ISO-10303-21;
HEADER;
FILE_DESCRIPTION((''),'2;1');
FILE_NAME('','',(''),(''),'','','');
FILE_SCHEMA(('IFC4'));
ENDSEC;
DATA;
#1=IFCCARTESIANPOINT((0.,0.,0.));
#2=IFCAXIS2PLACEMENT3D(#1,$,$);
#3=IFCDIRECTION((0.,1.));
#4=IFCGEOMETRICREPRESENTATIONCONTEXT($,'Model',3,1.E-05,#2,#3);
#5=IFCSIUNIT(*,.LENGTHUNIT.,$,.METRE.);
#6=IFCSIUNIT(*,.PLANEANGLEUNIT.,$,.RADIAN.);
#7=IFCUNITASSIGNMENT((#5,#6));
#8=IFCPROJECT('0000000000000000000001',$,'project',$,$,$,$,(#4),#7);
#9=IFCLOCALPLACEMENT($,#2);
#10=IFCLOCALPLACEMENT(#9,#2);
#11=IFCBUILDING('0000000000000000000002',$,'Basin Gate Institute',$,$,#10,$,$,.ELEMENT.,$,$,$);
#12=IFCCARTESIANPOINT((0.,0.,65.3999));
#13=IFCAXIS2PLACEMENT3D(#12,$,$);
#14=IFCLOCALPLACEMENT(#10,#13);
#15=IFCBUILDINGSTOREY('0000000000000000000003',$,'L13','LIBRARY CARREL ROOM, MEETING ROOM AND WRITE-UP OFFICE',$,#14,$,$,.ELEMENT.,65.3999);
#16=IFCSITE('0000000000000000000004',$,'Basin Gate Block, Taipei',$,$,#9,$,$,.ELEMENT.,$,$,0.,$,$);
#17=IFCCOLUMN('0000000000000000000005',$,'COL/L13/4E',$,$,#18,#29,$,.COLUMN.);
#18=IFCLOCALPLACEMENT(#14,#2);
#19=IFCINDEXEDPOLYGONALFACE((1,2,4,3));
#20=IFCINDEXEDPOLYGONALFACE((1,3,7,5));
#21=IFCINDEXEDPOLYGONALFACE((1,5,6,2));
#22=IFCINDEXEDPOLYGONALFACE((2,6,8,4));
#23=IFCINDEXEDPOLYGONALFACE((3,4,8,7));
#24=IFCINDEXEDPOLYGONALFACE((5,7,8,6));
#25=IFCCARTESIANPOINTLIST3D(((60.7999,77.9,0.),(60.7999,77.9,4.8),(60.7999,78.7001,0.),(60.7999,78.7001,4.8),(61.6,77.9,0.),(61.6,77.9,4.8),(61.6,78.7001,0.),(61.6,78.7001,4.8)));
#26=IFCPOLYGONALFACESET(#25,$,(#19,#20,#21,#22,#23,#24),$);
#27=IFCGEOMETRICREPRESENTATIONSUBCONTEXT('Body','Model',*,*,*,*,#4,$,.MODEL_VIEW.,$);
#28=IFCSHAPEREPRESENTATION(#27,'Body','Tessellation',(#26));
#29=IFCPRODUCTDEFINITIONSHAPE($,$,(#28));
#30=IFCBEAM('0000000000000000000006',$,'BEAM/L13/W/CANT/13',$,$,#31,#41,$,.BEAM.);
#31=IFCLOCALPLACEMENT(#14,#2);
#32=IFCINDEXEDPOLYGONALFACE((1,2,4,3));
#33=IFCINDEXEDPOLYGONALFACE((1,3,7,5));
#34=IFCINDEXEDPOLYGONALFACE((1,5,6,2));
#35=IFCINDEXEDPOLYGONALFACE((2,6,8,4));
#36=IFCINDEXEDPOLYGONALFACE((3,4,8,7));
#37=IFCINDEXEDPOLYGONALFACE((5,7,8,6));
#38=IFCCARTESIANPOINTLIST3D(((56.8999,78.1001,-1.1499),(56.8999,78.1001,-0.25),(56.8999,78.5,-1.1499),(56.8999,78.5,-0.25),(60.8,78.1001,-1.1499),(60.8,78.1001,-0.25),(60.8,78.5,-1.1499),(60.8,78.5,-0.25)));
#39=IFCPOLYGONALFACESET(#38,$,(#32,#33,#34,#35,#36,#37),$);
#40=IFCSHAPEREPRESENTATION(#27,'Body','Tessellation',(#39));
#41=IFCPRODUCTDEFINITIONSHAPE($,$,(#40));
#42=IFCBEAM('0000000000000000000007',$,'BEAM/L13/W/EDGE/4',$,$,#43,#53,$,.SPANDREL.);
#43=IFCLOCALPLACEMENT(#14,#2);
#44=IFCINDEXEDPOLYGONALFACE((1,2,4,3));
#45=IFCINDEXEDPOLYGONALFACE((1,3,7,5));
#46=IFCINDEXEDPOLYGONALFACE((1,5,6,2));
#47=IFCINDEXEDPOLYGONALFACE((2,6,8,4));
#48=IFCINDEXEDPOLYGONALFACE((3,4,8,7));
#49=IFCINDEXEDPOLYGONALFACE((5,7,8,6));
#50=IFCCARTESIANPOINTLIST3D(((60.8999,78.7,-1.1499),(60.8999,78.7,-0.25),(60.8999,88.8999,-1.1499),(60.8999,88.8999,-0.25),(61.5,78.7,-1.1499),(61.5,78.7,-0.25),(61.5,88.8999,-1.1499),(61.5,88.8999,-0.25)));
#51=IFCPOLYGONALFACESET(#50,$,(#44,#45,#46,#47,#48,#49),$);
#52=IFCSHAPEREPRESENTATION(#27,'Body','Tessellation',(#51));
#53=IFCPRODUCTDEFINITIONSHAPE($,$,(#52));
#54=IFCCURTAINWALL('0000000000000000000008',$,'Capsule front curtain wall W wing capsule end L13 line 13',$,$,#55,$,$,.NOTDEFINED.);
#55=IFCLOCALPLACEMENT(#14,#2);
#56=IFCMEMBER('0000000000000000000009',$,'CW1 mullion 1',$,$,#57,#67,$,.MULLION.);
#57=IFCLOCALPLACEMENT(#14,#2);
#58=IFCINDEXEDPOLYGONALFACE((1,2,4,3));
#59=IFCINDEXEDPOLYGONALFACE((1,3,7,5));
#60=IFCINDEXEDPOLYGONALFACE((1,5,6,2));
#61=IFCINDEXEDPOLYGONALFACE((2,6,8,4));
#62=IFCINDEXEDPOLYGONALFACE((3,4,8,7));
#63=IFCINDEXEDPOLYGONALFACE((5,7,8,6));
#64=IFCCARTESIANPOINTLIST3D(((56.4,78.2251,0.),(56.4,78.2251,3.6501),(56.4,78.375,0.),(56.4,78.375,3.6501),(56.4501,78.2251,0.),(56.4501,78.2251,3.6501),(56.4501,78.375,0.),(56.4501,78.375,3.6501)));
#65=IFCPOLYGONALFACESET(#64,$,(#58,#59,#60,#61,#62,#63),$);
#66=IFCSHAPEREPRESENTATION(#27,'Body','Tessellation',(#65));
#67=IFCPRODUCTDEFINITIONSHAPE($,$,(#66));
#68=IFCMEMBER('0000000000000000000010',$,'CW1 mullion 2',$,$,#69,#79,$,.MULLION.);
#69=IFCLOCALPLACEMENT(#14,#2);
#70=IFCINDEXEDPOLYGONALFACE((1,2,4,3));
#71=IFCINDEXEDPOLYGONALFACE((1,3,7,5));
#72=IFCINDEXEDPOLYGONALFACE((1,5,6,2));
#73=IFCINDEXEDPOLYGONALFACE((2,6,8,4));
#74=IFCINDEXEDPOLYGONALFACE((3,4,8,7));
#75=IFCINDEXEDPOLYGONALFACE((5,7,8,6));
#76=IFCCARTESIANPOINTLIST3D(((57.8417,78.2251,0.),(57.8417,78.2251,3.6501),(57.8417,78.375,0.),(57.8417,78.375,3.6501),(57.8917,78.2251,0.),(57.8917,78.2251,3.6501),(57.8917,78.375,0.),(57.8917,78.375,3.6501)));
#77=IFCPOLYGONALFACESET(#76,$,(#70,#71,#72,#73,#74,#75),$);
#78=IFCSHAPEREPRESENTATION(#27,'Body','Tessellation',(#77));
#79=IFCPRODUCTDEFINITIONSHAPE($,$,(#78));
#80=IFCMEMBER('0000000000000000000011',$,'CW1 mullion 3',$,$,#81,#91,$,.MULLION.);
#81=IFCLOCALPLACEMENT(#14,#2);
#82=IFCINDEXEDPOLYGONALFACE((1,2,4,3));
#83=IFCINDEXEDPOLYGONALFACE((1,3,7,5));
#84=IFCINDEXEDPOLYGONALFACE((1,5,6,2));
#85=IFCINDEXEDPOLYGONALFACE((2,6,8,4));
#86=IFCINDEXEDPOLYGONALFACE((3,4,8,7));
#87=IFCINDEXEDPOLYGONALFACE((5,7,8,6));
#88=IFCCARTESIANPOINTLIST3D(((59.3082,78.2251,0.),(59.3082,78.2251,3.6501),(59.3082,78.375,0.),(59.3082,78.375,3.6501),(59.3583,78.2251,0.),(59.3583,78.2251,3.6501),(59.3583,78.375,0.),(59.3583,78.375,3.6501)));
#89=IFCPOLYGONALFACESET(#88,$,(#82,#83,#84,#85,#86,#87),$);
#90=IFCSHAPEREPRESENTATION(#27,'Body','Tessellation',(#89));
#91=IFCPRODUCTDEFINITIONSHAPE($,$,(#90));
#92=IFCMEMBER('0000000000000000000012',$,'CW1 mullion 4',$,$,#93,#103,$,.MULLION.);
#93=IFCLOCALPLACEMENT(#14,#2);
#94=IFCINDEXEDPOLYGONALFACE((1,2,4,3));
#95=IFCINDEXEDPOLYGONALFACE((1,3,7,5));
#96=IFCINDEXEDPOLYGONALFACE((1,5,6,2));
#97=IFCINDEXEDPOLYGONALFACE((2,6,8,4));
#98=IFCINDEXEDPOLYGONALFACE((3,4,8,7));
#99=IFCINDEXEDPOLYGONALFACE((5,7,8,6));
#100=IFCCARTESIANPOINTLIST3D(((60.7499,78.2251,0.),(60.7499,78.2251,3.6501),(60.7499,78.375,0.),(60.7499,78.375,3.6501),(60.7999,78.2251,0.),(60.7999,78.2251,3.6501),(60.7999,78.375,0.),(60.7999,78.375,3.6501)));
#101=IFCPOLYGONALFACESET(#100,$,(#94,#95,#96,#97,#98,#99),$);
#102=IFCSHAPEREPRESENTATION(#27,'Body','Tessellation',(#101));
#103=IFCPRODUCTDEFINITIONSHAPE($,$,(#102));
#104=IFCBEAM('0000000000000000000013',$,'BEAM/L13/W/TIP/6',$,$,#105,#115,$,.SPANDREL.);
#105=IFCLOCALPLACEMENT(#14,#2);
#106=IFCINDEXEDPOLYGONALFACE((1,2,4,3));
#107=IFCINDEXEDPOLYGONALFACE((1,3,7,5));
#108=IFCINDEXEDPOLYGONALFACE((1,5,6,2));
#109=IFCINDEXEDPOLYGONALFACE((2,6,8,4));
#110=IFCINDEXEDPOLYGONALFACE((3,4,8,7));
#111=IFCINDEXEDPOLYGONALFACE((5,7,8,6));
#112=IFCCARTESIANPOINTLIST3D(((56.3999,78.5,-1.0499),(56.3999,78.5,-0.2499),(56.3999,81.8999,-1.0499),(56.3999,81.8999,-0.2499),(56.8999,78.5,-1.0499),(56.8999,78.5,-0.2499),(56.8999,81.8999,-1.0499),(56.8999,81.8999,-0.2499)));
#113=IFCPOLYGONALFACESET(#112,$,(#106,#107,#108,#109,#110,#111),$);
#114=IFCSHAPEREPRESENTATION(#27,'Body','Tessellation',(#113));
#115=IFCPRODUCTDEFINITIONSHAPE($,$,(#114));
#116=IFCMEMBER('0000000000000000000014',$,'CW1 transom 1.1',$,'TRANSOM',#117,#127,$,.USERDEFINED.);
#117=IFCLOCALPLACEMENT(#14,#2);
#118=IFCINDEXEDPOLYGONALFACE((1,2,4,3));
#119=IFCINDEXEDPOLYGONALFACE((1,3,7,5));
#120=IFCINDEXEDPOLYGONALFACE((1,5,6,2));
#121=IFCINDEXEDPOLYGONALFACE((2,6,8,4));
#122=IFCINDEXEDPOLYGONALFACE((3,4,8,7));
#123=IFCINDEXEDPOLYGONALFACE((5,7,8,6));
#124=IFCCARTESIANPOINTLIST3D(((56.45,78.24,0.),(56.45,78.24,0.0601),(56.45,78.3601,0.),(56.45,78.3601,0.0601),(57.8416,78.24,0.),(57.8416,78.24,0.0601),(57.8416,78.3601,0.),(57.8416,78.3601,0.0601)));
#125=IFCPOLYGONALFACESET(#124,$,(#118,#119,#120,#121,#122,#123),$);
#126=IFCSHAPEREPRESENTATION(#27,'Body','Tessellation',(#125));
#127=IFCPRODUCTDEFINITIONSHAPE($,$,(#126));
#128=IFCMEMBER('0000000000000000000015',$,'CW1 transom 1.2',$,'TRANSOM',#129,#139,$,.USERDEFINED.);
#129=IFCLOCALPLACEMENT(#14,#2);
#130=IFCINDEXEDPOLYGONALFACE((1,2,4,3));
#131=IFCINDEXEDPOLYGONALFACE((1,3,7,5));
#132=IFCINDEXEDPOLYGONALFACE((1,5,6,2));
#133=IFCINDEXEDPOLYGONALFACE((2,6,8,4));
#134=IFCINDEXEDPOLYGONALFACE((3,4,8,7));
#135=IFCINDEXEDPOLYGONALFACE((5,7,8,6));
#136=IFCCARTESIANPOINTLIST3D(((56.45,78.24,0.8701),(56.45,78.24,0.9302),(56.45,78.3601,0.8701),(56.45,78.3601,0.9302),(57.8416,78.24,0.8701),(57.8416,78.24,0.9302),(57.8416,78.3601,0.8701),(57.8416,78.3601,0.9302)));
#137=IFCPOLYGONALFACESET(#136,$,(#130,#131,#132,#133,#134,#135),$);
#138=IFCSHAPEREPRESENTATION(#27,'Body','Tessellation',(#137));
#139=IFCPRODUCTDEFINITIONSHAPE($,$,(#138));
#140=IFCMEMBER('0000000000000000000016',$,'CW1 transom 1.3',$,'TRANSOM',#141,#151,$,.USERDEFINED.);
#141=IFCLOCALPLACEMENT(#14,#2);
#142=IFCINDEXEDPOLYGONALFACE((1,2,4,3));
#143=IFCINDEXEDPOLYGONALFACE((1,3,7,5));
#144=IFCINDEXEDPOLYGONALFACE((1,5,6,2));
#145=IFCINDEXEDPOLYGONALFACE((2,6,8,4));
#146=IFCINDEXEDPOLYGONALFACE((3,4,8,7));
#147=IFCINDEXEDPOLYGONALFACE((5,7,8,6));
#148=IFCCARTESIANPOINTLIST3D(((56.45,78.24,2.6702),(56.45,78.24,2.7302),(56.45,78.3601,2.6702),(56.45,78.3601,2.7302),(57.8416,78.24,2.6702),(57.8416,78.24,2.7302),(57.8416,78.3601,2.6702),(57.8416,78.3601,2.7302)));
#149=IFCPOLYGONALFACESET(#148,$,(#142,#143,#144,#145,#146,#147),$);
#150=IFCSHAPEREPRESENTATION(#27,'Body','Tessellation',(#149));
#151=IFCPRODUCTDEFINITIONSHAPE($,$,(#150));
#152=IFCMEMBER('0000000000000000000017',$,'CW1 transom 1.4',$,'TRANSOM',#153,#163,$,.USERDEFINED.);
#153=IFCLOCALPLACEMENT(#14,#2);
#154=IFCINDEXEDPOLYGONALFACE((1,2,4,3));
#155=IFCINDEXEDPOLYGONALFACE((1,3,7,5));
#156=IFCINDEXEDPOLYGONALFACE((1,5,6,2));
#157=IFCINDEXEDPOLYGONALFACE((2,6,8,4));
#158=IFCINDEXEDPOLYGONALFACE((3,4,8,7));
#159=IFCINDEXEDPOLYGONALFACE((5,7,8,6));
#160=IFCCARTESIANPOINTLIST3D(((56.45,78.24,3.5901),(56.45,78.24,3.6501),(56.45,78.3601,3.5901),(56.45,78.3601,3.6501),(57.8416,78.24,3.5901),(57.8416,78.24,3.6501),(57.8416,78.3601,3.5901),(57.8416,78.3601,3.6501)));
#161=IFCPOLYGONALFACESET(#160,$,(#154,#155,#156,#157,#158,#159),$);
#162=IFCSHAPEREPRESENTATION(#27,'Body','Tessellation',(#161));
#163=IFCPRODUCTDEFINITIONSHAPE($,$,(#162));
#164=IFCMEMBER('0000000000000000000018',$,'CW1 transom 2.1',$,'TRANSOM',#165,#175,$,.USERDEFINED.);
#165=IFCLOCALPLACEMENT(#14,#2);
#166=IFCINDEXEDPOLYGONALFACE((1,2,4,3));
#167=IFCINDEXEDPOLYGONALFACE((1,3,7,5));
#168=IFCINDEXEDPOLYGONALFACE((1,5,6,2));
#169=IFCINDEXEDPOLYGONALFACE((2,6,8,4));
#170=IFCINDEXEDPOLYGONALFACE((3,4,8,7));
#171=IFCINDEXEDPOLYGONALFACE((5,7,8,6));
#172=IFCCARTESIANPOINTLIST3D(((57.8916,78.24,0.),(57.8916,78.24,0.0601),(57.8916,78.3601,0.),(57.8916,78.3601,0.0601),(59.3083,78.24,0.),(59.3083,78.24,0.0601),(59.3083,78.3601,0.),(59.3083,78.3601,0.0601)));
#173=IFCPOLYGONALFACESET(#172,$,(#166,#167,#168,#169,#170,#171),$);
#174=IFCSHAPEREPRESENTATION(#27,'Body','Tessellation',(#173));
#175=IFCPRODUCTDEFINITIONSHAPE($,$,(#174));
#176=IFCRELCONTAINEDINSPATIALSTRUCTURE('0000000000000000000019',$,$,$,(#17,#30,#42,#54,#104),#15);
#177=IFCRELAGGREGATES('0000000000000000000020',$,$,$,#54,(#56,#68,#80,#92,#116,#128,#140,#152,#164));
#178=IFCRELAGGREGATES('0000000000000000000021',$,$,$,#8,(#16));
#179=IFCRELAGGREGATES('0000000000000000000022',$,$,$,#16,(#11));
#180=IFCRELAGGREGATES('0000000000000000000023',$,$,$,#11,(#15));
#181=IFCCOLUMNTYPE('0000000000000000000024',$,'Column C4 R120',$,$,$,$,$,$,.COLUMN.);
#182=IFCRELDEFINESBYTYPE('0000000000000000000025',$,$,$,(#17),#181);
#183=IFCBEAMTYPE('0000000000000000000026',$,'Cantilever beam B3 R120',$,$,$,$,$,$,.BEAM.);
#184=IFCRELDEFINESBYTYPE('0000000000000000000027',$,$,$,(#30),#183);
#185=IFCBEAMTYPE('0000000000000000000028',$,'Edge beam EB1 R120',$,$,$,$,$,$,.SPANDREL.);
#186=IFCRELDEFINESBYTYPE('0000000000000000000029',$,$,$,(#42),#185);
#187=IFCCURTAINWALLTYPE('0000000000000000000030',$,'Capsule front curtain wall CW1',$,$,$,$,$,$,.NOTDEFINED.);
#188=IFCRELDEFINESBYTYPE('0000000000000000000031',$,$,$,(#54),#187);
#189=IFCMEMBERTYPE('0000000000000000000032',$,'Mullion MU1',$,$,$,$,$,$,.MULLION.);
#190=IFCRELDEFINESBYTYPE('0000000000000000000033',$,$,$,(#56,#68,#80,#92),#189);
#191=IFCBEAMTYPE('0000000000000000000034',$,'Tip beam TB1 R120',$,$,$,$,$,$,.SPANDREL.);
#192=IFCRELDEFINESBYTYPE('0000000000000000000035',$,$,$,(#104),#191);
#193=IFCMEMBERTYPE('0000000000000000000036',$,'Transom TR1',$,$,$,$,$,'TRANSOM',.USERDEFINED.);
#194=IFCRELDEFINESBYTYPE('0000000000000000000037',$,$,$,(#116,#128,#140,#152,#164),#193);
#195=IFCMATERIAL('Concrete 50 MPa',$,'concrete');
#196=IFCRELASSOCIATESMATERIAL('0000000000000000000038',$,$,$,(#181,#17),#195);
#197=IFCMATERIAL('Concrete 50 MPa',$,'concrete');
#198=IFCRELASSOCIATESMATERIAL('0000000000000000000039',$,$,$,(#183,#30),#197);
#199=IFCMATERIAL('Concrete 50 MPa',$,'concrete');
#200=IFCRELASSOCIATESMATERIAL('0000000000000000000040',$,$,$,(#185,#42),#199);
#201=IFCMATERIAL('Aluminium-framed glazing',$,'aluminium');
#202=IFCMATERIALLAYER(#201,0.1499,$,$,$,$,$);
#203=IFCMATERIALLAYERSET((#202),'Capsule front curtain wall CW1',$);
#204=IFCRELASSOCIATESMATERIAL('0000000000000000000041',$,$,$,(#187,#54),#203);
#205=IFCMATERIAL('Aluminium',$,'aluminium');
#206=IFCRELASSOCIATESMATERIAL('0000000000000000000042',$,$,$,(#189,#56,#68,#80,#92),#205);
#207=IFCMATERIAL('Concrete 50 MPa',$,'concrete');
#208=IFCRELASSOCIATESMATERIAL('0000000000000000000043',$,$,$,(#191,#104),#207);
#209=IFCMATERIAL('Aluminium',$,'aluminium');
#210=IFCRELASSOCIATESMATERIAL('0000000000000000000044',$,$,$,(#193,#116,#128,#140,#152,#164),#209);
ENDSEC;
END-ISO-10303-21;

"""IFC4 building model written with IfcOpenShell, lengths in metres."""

from ifc_helpers import new_model, si_unit, direction, frame, origin, origin_2d, place, context, subcontext, project, spatial, rectangle, extrude, material, layer, layer_set, material_profile, profile_set, type_object, element, aggregate, save


model = new_model("IFC4")

# Units and contexts
model_context = context("Model", 3, precision=1e-05, world=origin(), true_north=direction((0.0, 1.0)))
body_context = subcontext(model_context, "Body", "Model", "MODEL_VIEW")
ifc_project = project(units=[si_unit("LENGTHUNIT", "METRE"), si_unit("PLANEANGLEUNIT", "RADIAN")], contexts=[model_context])

# Site, building, storey
site_placement = place(None, origin())
site = spatial("IfcSite", under=ifc_project, at=site_placement, Name="Basin Gate Block, Taipei", CompositionType="ELEMENT", RefElevation=0.0)
building_placement = place(site_placement, origin())
building = spatial("IfcBuilding", under=site, at=building_placement, Name="Basin Gate Institute", CompositionType="ELEMENT")
storey_placement = place(building_placement, frame((0.0, 0.0, 65.3999)))
storey = spatial("IfcBuildingStorey", under=building, at=storey_placement, Name="L13", Description="LIBRARY CARREL ROOM, MEETING ROOM AND WRITE-UP OFFICE", CompositionType="ELEMENT", Elevation=65.3999)

# Column
ifc_material_1 = material(Name="Concrete 50 MPa", Category="concrete")
ifc_material_profile_1 = material_profile(ifc_material_1, rectangle(XDim=0.8, YDim=0.8, at=origin_2d()), Name="Column C4 800 x 800")
ifc_profile_set_1 = profile_set([ifc_material_profile_1], Name="Concrete 50 MPa")
column_type = type_object("IfcColumnType", Name="Column C4 R120", PredefinedType="COLUMN", material=ifc_profile_set_1)
column_placement = place(storey_placement, frame((61.2, 78.3, 0.0), z_axis=(0.0, 0.0, 1.0), x_axis=(1.0, 0.0, 0.0)))
element("IfcColumn", 1, at=column_placement, inside=storey, type_object=column_type, material=ifc_profile_set_1, Name="COL/L13/4E", PredefinedType="COLUMN", context=body_context, shape_type="SweptSolid", body=[
    extrude(rectangle(XDim=0.8, YDim=0.8, at=origin_2d()), origin(), (0.0, 0.0, 1.0), 4.8),
])

# Beams
ifc_material_2 = material(Name="Concrete 50 MPa", Category="concrete")
ifc_material_profile_2 = material_profile(ifc_material_2, rectangle(XDim=0.3999, YDim=0.8999, at=origin_2d()), Name="Cantilever beam B3 400 x 900")
ifc_profile_set_2 = profile_set([ifc_material_profile_2], Name="Concrete 50 MPa")
beam_type_1 = type_object("IfcBeamType", Name="Cantilever beam B3 R120", PredefinedType="BEAM", material=ifc_profile_set_2)
beam_1_placement = place(storey_placement, frame((56.8999, 78.3, -0.7), z_axis=(1.0, 0.0, 0.0), x_axis=(0.0, 1.0, 0.0)))
element("IfcBeam", 2, at=beam_1_placement, inside=storey, type_object=beam_type_1, material=ifc_profile_set_2, Name="BEAM/L13/W/CANT/13", PredefinedType="BEAM", context=body_context, shape_type="SweptSolid", body=[
    extrude(rectangle(XDim=0.3999, YDim=0.8999, at=origin_2d()), origin(), (0.0, 0.0, 1.0), 3.9001),
])
ifc_material_3 = material(Name="Concrete 50 MPa", Category="concrete")
ifc_material_profile_3 = material_profile(ifc_material_3, rectangle(XDim=0.6001, YDim=0.8999, at=origin_2d()), Name="Edge beam EB1 600 x 900")
ifc_profile_set_3 = profile_set([ifc_material_profile_3], Name="Concrete 50 MPa")
beam_type_2 = type_object("IfcBeamType", Name="Edge beam EB1 R120", PredefinedType="SPANDREL", material=ifc_profile_set_3)
beam_2_placement = place(storey_placement, frame((61.2, 78.7, -0.7), z_axis=(0.0, 1.0, 0.0), x_axis=(-1.0, 0.0, 0.0)))
element("IfcBeam", 3, at=beam_2_placement, inside=storey, type_object=beam_type_2, material=ifc_profile_set_3, Name="BEAM/L13/W/EDGE/4", PredefinedType="SPANDREL", context=body_context, shape_type="SweptSolid", body=[
    extrude(rectangle(XDim=0.6001, YDim=0.8999, at=origin_2d()), origin(), (0.0, 0.0, 1.0), 10.2),
])

# Curtain wall, members
ifc_material_4 = material(Name="Aluminium-framed glazing", Category="aluminium")
ifc_layer_1 = layer(ifc_material_4, 0.1499)
ifc_layer_set_1 = layer_set([ifc_layer_1], Name="Capsule front curtain wall CW1")
curtain_wall_type = type_object("IfcCurtainWallType", Name="Capsule front curtain wall CW1", PredefinedType="NOTDEFINED", material=ifc_layer_set_1)
curtain_wall_placement = place(storey_placement, origin())
curtain_wall = element("IfcCurtainWall", 4, at=curtain_wall_placement, inside=storey, type_object=curtain_wall_type, material=ifc_layer_set_1, Name="Capsule front curtain wall W wing capsule end L13 line 13", PredefinedType="NOTDEFINED")
ifc_material_5 = material(Name="Aluminium", Category="aluminium")
ifc_material_profile_4 = material_profile(ifc_material_5, rectangle(XDim=0.1499, YDim=0.05, at=origin_2d()), Name="Mullion MU1 150 x 50")
ifc_profile_set_4 = profile_set([ifc_material_profile_4], Name="Aluminium")
member_type_1 = type_object("IfcMemberType", Name="Mullion MU1", PredefinedType="MULLION", material=ifc_profile_set_4)
member_1_placement = place(storey_placement, frame((56.425, 78.3, 0.0), z_axis=(0.0, 0.0, 1.0), x_axis=(0.0, 1.0, 0.0)))
member_1 = element("IfcMember", 5, at=member_1_placement, type_object=member_type_1, material=ifc_profile_set_4, Name="CW1 mullion 1", PredefinedType="MULLION", context=body_context, shape_type="SweptSolid", body=[
    extrude(rectangle(XDim=0.1499, YDim=0.05, at=origin_2d()), origin(), (0.0, 0.0, 1.0), 3.6501),
])
member_2_placement = place(storey_placement, frame((57.8667, 78.3, 0.0), z_axis=(0.0, 0.0, 1.0), x_axis=(0.0, 1.0, 0.0)))
member_2 = element("IfcMember", 6, at=member_2_placement, type_object=member_type_1, material=ifc_profile_set_4, Name="CW1 mullion 2", PredefinedType="MULLION", context=body_context, shape_type="SweptSolid", body=[
    extrude(rectangle(XDim=0.1499, YDim=0.05, at=origin_2d()), origin(), (0.0, 0.0, 1.0), 3.6501),
])
member_3_placement = place(storey_placement, frame((59.3333, 78.3, 0.0), z_axis=(0.0, 0.0, 1.0), x_axis=(0.0, 1.0, 0.0)))
member_3 = element("IfcMember", 7, at=member_3_placement, type_object=member_type_1, material=ifc_profile_set_4, Name="CW1 mullion 3", PredefinedType="MULLION", context=body_context, shape_type="SweptSolid", body=[
    extrude(rectangle(XDim=0.1499, YDim=0.05, at=origin_2d()), origin(), (0.0, 0.0, 1.0), 3.6501),
])
member_4_placement = place(storey_placement, frame((60.7749, 78.3, 0.0), z_axis=(0.0, 0.0, 1.0), x_axis=(0.0, 1.0, 0.0)))
member_4 = element("IfcMember", 8, at=member_4_placement, type_object=member_type_1, material=ifc_profile_set_4, Name="CW1 mullion 4", PredefinedType="MULLION", context=body_context, shape_type="SweptSolid", body=[
    extrude(rectangle(XDim=0.1499, YDim=0.05, at=origin_2d()), origin(), (0.0, 0.0, 1.0), 3.6501),
])

# Beam
ifc_material_6 = material(Name="Concrete 50 MPa", Category="concrete")
ifc_material_profile_5 = material_profile(ifc_material_6, rectangle(XDim=0.5, YDim=0.8, at=origin_2d()), Name="Tip beam TB1 500 x 800")
ifc_profile_set_5 = profile_set([ifc_material_profile_5], Name="Concrete 50 MPa")
beam_type_3 = type_object("IfcBeamType", Name="Tip beam TB1 R120", PredefinedType="SPANDREL", material=ifc_profile_set_5)
beam_3_placement = place(storey_placement, frame((56.6499, 78.5, -0.6499), z_axis=(0.0, 1.0, 0.0), x_axis=(-1.0, 0.0, 0.0)))
element("IfcBeam", 9, at=beam_3_placement, inside=storey, type_object=beam_type_3, material=ifc_profile_set_5, Name="BEAM/L13/W/TIP/6", PredefinedType="SPANDREL", context=body_context, shape_type="SweptSolid", body=[
    extrude(rectangle(XDim=0.5, YDim=0.8, at=origin_2d()), origin(), (0.0, 0.0, 1.0), 3.3999),
])

# Members
ifc_material_7 = material(Name="Aluminium", Category="aluminium")
ifc_material_profile_6 = material_profile(ifc_material_7, rectangle(XDim=0.1201, YDim=0.0601, at=origin_2d()), Name="Transom TR1 120 x 60")
ifc_profile_set_6 = profile_set([ifc_material_profile_6], Name="Aluminium")
member_type_2 = type_object("IfcMemberType", Name="Transom TR1", ElementType="TRANSOM", PredefinedType="USERDEFINED", material=ifc_profile_set_6)
member_5_placement = place(storey_placement, frame((56.45, 78.3, 0.03), z_axis=(1.0, 0.0, 0.0), x_axis=(0.0, 1.0, 0.0)))
member_5 = element("IfcMember", 10, at=member_5_placement, type_object=member_type_2, material=ifc_profile_set_6, Name="CW1 transom 1.1", ObjectType="TRANSOM", PredefinedType="USERDEFINED", context=body_context, shape_type="SweptSolid", body=[
    extrude(rectangle(XDim=0.1201, YDim=0.0601, at=origin_2d()), origin(), (0.0, 0.0, 1.0), 1.3916),
])
member_6_placement = place(storey_placement, frame((56.45, 78.3, 0.9001), z_axis=(1.0, 0.0, 0.0), x_axis=(0.0, 1.0, 0.0)))
member_6 = element("IfcMember", 11, at=member_6_placement, type_object=member_type_2, material=ifc_profile_set_6, Name="CW1 transom 1.2", ObjectType="TRANSOM", PredefinedType="USERDEFINED", context=body_context, shape_type="SweptSolid", body=[
    extrude(rectangle(XDim=0.1201, YDim=0.0601, at=origin_2d()), origin(), (0.0, 0.0, 1.0), 1.3916),
])
member_7_placement = place(storey_placement, frame((56.45, 78.3, 2.7002), z_axis=(1.0, 0.0, 0.0), x_axis=(0.0, 1.0, 0.0)))
member_7 = element("IfcMember", 12, at=member_7_placement, type_object=member_type_2, material=ifc_profile_set_6, Name="CW1 transom 1.3", ObjectType="TRANSOM", PredefinedType="USERDEFINED", context=body_context, shape_type="SweptSolid", body=[
    extrude(rectangle(XDim=0.1201, YDim=0.0601, at=origin_2d()), origin(), (0.0, 0.0, 1.0), 1.3916),
])
member_8_placement = place(storey_placement, frame((56.45, 78.3, 3.6201), z_axis=(1.0, 0.0, 0.0), x_axis=(0.0, 1.0, 0.0)))
member_8 = element("IfcMember", 13, at=member_8_placement, type_object=member_type_2, material=ifc_profile_set_6, Name="CW1 transom 1.4", ObjectType="TRANSOM", PredefinedType="USERDEFINED", context=body_context, shape_type="SweptSolid", body=[
    extrude(rectangle(XDim=0.1201, YDim=0.0601, at=origin_2d()), origin(), (0.0, 0.0, 1.0), 1.3916),
])
member_9_placement = place(storey_placement, frame((57.8916, 78.3, 0.03), z_axis=(1.0, 0.0, 0.0), x_axis=(0.0, 1.0, 0.0)))
member_9 = element("IfcMember", 14, at=member_9_placement, type_object=member_type_2, material=ifc_profile_set_6, Name="CW1 transom 2.1", ObjectType="TRANSOM", PredefinedType="USERDEFINED", context=body_context, shape_type="SweptSolid", body=[
    extrude(rectangle(XDim=0.1201, YDim=0.0601, at=origin_2d()), origin(), (0.0, 0.0, 1.0), 1.4167),
])

aggregate(curtain_wall, [member_1, member_2, member_3, member_4, member_5, member_6, member_7, member_8, member_9])

save(model, "model.ifc")
